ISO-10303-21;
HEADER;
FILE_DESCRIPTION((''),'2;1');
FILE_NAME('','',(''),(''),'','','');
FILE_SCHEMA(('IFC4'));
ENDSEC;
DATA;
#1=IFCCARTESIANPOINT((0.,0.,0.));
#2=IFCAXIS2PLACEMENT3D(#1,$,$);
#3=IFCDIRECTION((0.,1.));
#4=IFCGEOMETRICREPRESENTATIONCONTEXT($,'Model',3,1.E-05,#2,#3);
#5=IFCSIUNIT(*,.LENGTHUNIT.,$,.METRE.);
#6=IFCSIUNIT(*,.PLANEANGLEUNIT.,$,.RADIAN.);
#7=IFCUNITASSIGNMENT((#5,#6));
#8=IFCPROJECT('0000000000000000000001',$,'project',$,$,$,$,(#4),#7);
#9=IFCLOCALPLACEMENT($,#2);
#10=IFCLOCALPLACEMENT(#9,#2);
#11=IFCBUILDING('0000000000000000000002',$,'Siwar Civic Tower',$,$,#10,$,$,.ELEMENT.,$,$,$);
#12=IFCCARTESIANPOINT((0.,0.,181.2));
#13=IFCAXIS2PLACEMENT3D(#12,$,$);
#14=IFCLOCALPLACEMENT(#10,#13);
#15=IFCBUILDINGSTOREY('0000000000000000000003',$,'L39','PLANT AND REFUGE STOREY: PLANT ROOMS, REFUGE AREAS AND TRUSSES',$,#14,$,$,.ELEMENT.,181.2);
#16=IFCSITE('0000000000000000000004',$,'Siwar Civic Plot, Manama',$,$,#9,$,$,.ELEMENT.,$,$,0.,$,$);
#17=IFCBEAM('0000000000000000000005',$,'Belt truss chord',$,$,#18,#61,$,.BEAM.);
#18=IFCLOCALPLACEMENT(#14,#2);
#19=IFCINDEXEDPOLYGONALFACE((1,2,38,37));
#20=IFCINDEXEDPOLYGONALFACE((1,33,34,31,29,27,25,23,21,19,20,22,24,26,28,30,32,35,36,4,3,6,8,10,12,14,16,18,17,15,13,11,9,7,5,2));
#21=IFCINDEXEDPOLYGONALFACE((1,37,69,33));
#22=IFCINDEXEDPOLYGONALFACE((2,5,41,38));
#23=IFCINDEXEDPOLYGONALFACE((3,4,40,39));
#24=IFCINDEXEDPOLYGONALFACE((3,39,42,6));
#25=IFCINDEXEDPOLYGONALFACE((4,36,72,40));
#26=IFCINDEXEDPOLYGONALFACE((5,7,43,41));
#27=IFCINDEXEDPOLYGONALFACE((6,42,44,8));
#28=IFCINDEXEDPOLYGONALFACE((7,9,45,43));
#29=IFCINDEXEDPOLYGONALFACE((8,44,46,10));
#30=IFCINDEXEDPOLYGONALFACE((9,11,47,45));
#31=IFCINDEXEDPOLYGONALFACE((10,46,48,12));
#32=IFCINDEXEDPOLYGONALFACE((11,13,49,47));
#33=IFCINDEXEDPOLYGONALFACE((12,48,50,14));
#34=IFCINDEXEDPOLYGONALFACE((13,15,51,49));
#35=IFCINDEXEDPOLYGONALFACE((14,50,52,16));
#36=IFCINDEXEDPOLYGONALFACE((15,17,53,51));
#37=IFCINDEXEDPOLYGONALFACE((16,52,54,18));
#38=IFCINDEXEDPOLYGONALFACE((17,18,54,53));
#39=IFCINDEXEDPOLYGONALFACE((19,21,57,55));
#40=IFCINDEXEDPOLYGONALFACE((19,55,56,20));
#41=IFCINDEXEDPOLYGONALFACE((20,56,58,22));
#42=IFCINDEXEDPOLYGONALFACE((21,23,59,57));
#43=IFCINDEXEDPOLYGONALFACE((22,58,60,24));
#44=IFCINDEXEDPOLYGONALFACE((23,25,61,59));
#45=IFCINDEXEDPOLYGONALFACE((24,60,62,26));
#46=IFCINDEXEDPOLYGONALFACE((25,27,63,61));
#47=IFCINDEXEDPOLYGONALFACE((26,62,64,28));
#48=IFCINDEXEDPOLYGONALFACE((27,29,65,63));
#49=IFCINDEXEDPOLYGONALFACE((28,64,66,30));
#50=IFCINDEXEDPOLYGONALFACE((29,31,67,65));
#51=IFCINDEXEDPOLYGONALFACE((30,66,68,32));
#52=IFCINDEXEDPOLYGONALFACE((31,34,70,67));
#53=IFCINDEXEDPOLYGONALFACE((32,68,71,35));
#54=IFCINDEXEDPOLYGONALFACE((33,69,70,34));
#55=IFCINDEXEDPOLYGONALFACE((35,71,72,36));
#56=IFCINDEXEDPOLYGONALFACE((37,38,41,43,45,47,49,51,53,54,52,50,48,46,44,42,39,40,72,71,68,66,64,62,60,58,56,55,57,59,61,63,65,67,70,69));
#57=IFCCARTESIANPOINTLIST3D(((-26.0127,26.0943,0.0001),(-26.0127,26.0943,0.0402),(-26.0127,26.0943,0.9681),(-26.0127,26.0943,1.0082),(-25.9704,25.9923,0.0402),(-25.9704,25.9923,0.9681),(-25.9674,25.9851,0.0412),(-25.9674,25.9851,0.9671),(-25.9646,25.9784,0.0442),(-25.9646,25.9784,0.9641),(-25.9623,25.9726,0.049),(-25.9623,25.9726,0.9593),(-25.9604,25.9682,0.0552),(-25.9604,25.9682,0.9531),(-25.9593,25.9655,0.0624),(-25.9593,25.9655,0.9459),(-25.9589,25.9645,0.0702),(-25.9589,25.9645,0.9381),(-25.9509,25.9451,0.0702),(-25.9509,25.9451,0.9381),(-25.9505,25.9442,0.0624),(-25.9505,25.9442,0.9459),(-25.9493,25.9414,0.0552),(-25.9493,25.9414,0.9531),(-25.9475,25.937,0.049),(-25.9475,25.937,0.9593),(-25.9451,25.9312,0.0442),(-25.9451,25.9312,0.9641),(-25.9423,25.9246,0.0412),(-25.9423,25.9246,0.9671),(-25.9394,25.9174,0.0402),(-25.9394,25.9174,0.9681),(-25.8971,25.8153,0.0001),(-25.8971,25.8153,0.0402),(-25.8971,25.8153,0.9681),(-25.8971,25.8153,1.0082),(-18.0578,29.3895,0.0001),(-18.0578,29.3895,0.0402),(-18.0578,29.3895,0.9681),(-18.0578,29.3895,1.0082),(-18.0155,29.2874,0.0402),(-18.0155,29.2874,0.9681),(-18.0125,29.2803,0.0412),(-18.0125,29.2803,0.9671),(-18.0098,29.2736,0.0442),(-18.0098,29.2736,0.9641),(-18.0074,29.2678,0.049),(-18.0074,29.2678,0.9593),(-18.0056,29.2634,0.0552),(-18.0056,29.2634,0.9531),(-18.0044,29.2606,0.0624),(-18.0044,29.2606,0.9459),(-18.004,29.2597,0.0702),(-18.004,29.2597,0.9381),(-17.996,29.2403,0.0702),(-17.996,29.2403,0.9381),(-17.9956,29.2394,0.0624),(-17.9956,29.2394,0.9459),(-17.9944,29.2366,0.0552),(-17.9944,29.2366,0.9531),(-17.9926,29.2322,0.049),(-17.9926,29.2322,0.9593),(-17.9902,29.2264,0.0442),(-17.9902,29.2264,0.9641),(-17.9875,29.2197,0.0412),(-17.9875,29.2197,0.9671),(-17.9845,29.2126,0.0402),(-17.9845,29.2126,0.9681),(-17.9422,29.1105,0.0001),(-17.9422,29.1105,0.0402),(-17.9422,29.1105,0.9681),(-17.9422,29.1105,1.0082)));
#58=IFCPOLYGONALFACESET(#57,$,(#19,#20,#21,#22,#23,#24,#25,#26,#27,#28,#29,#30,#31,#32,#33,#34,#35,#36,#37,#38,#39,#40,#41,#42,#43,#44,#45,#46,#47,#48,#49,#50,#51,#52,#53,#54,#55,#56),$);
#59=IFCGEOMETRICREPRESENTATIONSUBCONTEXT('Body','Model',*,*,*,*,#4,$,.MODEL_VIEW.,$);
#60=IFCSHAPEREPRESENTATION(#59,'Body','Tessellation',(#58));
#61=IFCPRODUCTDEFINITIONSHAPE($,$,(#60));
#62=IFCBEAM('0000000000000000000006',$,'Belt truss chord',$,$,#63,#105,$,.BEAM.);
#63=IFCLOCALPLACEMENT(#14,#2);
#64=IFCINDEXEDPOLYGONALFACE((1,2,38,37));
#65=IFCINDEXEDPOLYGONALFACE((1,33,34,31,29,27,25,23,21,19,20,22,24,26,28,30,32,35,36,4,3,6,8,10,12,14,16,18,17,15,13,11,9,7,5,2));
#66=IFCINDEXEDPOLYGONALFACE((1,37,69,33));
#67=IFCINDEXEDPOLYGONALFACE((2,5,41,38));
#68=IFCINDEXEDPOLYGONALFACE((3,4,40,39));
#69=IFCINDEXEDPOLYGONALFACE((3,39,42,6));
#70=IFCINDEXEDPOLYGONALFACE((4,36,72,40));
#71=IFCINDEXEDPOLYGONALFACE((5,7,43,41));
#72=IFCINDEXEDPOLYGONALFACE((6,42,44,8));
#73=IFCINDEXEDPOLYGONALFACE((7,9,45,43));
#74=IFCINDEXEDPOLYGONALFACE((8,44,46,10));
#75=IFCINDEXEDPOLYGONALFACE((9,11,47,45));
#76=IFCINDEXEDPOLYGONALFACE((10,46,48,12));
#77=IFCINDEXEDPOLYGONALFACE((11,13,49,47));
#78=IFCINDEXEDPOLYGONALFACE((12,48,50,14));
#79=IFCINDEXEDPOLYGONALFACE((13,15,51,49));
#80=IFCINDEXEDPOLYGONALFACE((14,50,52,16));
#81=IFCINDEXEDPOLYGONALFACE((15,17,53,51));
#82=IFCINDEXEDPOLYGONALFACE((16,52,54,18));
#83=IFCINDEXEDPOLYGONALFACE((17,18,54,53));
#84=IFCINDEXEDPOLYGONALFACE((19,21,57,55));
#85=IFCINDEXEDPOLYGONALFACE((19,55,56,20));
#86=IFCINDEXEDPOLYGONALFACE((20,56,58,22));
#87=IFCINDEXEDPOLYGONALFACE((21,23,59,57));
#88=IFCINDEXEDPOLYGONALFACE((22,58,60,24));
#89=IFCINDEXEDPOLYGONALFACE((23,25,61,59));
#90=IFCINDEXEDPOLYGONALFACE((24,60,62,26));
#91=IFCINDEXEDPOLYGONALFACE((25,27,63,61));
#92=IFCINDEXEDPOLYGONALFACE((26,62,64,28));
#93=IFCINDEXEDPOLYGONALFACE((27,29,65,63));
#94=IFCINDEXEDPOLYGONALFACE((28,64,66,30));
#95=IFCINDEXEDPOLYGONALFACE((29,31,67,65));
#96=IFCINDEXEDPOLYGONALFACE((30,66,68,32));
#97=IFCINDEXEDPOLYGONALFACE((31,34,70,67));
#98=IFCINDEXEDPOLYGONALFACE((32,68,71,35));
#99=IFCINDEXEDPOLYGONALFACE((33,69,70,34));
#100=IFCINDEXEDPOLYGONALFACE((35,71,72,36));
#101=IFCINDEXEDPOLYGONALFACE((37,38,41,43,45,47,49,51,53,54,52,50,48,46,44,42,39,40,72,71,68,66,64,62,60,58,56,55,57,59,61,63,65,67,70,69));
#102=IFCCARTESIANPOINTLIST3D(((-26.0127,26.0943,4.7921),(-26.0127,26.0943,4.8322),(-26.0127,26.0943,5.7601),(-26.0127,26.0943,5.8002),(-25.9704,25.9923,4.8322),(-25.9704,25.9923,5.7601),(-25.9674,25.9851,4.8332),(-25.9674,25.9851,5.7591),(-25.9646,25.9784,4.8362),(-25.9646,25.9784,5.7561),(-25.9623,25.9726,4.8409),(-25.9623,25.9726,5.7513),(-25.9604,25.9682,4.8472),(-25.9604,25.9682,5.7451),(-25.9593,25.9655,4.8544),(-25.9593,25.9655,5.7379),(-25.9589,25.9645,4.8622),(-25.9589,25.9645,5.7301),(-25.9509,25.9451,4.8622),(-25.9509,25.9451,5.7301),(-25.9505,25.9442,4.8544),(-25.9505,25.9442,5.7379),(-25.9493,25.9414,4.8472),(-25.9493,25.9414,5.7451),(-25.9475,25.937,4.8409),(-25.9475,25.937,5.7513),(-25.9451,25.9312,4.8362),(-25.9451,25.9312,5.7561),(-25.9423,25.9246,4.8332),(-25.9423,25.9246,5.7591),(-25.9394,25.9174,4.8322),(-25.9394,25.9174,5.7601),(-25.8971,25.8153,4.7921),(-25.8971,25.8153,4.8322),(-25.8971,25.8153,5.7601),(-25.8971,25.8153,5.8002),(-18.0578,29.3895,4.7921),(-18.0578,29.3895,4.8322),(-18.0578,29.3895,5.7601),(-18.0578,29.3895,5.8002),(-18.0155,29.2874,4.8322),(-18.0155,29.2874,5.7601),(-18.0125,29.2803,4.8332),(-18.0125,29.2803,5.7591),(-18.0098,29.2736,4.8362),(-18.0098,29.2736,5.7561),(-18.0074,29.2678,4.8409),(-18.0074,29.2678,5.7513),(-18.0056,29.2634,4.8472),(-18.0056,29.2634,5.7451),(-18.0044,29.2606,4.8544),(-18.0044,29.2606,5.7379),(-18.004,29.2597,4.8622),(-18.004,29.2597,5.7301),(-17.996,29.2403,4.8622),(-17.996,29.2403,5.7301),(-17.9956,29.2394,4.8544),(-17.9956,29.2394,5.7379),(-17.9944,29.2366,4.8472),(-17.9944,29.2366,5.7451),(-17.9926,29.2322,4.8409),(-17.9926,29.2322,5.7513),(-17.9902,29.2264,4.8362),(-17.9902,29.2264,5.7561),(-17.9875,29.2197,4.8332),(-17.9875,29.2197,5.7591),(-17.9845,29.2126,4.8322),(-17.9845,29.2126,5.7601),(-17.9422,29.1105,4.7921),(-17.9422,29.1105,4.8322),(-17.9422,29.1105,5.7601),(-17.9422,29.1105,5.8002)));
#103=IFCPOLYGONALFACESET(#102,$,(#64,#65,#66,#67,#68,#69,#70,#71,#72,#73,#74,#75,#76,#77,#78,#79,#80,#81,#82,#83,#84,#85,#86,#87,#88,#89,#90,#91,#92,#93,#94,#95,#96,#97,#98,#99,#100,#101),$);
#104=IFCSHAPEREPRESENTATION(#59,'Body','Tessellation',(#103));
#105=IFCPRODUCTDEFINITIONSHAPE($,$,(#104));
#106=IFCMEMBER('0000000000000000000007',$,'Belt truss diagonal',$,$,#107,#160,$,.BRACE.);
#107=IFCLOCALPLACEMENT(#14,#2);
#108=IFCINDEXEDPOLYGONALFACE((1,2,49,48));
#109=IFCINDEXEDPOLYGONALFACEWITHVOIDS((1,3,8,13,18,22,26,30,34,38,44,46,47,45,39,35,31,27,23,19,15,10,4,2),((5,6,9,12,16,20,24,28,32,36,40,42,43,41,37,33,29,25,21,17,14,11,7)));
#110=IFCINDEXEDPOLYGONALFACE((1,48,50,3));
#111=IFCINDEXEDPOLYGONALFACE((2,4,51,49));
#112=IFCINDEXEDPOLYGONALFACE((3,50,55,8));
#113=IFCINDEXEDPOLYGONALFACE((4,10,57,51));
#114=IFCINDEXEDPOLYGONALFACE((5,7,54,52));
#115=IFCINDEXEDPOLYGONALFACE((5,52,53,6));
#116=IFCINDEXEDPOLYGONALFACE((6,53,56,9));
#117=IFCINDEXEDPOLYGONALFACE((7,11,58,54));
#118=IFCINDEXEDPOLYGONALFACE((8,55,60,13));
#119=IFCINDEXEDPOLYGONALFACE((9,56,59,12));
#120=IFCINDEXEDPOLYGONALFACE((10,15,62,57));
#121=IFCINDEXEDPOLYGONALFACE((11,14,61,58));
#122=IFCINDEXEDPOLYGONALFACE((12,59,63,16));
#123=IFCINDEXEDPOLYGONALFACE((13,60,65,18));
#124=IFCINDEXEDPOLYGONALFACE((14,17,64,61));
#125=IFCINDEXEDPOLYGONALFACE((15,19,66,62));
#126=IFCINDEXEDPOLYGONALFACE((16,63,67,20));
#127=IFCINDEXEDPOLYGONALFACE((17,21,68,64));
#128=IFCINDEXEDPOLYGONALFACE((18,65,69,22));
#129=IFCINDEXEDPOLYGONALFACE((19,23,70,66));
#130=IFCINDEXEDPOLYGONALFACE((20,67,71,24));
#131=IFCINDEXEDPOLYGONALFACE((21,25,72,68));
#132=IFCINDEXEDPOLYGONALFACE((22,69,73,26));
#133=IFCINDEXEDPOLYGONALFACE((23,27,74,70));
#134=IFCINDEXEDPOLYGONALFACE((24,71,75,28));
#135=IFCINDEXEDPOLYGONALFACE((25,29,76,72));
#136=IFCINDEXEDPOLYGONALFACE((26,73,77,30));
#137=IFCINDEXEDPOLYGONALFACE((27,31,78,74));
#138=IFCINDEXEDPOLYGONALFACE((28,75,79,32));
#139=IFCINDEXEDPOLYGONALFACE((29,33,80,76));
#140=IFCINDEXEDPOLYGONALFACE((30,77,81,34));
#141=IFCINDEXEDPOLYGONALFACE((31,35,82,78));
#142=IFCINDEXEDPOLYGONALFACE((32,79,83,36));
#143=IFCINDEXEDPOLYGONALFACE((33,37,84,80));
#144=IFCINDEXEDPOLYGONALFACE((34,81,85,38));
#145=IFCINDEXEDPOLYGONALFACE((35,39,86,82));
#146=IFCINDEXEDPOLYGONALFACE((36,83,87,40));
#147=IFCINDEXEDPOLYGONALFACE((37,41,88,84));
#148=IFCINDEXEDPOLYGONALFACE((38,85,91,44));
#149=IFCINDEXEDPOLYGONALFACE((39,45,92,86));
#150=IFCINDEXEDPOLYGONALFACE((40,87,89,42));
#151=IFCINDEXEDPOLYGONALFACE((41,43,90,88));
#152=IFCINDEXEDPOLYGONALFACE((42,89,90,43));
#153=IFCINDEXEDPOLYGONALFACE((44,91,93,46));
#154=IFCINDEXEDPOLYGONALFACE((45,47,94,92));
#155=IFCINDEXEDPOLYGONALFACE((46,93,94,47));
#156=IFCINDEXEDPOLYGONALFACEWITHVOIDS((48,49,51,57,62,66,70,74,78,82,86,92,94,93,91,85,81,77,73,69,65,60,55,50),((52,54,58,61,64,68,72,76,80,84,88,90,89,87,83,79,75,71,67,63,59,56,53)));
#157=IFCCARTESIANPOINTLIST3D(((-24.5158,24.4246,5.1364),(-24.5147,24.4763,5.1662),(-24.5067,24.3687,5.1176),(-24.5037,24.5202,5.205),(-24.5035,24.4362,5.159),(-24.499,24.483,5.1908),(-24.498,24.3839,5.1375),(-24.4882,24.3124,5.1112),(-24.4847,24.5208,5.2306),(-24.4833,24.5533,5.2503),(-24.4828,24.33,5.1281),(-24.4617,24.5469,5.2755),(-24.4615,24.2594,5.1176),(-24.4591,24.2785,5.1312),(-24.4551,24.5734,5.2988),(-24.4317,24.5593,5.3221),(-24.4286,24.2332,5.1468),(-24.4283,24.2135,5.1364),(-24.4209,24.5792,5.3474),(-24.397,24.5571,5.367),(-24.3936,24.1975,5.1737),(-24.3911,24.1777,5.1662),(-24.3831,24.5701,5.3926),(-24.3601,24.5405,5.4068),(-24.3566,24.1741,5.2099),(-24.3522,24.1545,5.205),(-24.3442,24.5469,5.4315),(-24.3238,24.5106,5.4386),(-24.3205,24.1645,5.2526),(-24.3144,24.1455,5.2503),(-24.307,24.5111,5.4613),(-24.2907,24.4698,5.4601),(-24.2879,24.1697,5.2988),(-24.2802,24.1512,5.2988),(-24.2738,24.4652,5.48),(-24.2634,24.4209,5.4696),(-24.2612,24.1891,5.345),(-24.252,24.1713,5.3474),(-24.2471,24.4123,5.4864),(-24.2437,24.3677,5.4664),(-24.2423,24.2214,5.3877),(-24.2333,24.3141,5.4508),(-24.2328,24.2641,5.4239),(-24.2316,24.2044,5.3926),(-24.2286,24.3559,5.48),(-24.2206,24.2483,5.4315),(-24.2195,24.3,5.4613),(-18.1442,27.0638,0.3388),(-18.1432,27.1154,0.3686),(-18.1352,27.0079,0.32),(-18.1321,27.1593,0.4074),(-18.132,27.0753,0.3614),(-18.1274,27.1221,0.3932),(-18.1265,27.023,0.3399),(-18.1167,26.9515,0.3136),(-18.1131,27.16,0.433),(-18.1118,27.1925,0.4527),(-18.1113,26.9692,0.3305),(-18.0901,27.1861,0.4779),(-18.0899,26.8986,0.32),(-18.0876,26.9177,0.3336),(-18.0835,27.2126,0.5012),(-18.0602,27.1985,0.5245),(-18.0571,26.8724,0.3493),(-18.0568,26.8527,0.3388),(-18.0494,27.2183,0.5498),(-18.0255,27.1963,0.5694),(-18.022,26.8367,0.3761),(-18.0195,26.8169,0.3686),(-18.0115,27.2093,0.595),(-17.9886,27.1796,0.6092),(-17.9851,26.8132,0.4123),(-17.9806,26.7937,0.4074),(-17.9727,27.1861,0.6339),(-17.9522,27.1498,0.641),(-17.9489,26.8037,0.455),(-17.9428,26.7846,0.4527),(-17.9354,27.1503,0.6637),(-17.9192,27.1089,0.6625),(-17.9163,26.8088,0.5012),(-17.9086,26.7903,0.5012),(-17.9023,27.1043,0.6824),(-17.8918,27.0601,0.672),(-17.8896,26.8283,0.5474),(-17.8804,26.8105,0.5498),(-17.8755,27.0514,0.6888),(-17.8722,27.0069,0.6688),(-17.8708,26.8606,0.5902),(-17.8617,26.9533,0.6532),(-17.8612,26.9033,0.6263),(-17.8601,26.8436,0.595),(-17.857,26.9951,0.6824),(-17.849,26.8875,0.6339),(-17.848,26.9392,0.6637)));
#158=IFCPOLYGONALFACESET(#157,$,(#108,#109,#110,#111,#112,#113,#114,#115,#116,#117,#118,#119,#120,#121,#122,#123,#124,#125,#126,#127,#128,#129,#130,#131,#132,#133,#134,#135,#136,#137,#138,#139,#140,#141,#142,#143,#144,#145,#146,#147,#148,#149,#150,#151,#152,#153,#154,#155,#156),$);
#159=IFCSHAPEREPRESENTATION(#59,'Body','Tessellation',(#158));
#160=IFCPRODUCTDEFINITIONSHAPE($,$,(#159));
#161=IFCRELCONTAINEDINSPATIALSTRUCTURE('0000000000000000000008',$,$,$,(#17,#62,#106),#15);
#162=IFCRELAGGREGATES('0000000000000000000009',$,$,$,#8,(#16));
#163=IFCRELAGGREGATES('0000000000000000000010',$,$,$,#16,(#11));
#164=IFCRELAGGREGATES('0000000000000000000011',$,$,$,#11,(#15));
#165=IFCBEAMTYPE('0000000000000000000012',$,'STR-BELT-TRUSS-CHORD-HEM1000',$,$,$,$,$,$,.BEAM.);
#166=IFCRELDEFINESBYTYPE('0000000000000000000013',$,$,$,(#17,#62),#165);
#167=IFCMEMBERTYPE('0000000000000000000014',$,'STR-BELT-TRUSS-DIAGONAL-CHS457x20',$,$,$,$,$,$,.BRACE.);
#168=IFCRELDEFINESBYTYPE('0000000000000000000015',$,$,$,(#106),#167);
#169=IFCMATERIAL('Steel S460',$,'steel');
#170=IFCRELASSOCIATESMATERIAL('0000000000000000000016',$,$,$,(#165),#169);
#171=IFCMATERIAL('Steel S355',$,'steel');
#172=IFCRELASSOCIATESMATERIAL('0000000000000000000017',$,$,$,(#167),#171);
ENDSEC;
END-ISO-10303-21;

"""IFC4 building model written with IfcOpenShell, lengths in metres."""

from ifc_helpers import new_model, si_unit, direction, frame, origin, origin_2d, place, context, subcontext, project, spatial, hollow_circle, i_section, extrude, material, material_profile, profile_set, type_object, element, save


model = new_model("IFC4")

# Units and contexts
model_context = context("Model", 3, precision=1e-05, world=origin(), true_north=direction((0.0, 1.0)))
body_context = subcontext(model_context, "Body", "Model", "MODEL_VIEW")
ifc_project = project(units=[si_unit("LENGTHUNIT", "METRE"), si_unit("PLANEANGLEUNIT", "RADIAN")], contexts=[model_context])

# Site, building, storey
site_placement = place(None, origin())
site = spatial("IfcSite", under=ifc_project, at=site_placement, Name="Siwar Civic Plot, Manama", CompositionType="ELEMENT", RefElevation=0.0)
building_placement = place(site_placement, origin())
building = spatial("IfcBuilding", under=site, at=building_placement, Name="Siwar Civic Tower", CompositionType="ELEMENT")
storey_placement = place(building_placement, frame((0.0, 0.0, 181.2)))
storey = spatial("IfcBuildingStorey", under=building, at=storey_placement, Name="L39", Description="PLANT AND REFUGE STOREY: PLANT ROOMS, REFUGE AREAS AND TRUSSES", CompositionType="ELEMENT", Elevation=181.2)

# Beams
ifc_material_1 = material(Name="Steel S460", Category="steel")
ifc_material_profile_1 = material_profile(ifc_material_1, i_section(OverallWidth=0.302, OverallDepth=1.0081, WebThickness=0.021, FlangeThickness=0.04, FilletRadius=0.03, at=origin_2d()), Name="HEM1000")
ifc_profile_set_1 = profile_set([ifc_material_profile_1], Name="Steel S460")
beam_type_1 = type_object("IfcBeamType", Name="STR-BELT-TRUSS-CHORD-HEM1000", PredefinedType="BEAM", material=ifc_profile_set_1)
for number, where, z_axis, x_axis, name in (
    (1, (-18.0, 29.25, 0.5042), (-0.923873, -0.3827, 0.0), (0.3827, -0.923873, 0.0), "Belt truss chord"),
    (2, (-18.0, 29.25, 5.2961), (-0.923873, -0.3827, 0.0), (0.3827, -0.923873, 0.0), "Belt truss chord"),
):
    element("IfcBeam", number, at=place(storey_placement, frame(where, z_axis=z_axis, x_axis=x_axis)), inside=storey, type_object=beam_type_1, Name=name, PredefinedType="BEAM", context=body_context, shape_type="SweptSolid", body=[
        extrude(i_section(OverallWidth=0.302, OverallDepth=1.0081, WebThickness=0.021, FlangeThickness=0.04, FilletRadius=0.03, at=origin_2d()), origin(), (0.0, 0.0, 1.0), 8.6104),
    ])

# Member
ifc_material_2 = material(Name="Steel S355", Category="steel")
ifc_material_profile_2 = material_profile(ifc_material_2, hollow_circle(Radius=0.2285, WallThickness=0.02, at=origin_2d()), Name="CHS457x20")
ifc_profile_set_2 = profile_set([ifc_material_profile_2], Name="Steel S355")
member_type_1 = type_object("IfcMemberType", Name="STR-BELT-TRUSS-DIAGONAL-CHS457x20", PredefinedType="BRACE", material=ifc_profile_set_2)
member_1_placement = place(storey_placement, frame((-17.9961, 27.0015, 0.5012), z_axis=(-0.758418, -0.314143, 0.571066), x_axis=(0.382679, -0.923881, 0.0)))
element("IfcMember", 3, at=member_1_placement, inside=storey, type_object=member_type_1, Name="Belt truss diagonal", PredefinedType="BRACE", context=body_context, shape_type="SweptSolid", body=[
    extrude(hollow_circle(Radius=0.2285, WallThickness=0.02, at=origin_2d()), origin(), (0.0, 0.0, 1.0), 8.4011),
])

save(model, "model.ifc")
